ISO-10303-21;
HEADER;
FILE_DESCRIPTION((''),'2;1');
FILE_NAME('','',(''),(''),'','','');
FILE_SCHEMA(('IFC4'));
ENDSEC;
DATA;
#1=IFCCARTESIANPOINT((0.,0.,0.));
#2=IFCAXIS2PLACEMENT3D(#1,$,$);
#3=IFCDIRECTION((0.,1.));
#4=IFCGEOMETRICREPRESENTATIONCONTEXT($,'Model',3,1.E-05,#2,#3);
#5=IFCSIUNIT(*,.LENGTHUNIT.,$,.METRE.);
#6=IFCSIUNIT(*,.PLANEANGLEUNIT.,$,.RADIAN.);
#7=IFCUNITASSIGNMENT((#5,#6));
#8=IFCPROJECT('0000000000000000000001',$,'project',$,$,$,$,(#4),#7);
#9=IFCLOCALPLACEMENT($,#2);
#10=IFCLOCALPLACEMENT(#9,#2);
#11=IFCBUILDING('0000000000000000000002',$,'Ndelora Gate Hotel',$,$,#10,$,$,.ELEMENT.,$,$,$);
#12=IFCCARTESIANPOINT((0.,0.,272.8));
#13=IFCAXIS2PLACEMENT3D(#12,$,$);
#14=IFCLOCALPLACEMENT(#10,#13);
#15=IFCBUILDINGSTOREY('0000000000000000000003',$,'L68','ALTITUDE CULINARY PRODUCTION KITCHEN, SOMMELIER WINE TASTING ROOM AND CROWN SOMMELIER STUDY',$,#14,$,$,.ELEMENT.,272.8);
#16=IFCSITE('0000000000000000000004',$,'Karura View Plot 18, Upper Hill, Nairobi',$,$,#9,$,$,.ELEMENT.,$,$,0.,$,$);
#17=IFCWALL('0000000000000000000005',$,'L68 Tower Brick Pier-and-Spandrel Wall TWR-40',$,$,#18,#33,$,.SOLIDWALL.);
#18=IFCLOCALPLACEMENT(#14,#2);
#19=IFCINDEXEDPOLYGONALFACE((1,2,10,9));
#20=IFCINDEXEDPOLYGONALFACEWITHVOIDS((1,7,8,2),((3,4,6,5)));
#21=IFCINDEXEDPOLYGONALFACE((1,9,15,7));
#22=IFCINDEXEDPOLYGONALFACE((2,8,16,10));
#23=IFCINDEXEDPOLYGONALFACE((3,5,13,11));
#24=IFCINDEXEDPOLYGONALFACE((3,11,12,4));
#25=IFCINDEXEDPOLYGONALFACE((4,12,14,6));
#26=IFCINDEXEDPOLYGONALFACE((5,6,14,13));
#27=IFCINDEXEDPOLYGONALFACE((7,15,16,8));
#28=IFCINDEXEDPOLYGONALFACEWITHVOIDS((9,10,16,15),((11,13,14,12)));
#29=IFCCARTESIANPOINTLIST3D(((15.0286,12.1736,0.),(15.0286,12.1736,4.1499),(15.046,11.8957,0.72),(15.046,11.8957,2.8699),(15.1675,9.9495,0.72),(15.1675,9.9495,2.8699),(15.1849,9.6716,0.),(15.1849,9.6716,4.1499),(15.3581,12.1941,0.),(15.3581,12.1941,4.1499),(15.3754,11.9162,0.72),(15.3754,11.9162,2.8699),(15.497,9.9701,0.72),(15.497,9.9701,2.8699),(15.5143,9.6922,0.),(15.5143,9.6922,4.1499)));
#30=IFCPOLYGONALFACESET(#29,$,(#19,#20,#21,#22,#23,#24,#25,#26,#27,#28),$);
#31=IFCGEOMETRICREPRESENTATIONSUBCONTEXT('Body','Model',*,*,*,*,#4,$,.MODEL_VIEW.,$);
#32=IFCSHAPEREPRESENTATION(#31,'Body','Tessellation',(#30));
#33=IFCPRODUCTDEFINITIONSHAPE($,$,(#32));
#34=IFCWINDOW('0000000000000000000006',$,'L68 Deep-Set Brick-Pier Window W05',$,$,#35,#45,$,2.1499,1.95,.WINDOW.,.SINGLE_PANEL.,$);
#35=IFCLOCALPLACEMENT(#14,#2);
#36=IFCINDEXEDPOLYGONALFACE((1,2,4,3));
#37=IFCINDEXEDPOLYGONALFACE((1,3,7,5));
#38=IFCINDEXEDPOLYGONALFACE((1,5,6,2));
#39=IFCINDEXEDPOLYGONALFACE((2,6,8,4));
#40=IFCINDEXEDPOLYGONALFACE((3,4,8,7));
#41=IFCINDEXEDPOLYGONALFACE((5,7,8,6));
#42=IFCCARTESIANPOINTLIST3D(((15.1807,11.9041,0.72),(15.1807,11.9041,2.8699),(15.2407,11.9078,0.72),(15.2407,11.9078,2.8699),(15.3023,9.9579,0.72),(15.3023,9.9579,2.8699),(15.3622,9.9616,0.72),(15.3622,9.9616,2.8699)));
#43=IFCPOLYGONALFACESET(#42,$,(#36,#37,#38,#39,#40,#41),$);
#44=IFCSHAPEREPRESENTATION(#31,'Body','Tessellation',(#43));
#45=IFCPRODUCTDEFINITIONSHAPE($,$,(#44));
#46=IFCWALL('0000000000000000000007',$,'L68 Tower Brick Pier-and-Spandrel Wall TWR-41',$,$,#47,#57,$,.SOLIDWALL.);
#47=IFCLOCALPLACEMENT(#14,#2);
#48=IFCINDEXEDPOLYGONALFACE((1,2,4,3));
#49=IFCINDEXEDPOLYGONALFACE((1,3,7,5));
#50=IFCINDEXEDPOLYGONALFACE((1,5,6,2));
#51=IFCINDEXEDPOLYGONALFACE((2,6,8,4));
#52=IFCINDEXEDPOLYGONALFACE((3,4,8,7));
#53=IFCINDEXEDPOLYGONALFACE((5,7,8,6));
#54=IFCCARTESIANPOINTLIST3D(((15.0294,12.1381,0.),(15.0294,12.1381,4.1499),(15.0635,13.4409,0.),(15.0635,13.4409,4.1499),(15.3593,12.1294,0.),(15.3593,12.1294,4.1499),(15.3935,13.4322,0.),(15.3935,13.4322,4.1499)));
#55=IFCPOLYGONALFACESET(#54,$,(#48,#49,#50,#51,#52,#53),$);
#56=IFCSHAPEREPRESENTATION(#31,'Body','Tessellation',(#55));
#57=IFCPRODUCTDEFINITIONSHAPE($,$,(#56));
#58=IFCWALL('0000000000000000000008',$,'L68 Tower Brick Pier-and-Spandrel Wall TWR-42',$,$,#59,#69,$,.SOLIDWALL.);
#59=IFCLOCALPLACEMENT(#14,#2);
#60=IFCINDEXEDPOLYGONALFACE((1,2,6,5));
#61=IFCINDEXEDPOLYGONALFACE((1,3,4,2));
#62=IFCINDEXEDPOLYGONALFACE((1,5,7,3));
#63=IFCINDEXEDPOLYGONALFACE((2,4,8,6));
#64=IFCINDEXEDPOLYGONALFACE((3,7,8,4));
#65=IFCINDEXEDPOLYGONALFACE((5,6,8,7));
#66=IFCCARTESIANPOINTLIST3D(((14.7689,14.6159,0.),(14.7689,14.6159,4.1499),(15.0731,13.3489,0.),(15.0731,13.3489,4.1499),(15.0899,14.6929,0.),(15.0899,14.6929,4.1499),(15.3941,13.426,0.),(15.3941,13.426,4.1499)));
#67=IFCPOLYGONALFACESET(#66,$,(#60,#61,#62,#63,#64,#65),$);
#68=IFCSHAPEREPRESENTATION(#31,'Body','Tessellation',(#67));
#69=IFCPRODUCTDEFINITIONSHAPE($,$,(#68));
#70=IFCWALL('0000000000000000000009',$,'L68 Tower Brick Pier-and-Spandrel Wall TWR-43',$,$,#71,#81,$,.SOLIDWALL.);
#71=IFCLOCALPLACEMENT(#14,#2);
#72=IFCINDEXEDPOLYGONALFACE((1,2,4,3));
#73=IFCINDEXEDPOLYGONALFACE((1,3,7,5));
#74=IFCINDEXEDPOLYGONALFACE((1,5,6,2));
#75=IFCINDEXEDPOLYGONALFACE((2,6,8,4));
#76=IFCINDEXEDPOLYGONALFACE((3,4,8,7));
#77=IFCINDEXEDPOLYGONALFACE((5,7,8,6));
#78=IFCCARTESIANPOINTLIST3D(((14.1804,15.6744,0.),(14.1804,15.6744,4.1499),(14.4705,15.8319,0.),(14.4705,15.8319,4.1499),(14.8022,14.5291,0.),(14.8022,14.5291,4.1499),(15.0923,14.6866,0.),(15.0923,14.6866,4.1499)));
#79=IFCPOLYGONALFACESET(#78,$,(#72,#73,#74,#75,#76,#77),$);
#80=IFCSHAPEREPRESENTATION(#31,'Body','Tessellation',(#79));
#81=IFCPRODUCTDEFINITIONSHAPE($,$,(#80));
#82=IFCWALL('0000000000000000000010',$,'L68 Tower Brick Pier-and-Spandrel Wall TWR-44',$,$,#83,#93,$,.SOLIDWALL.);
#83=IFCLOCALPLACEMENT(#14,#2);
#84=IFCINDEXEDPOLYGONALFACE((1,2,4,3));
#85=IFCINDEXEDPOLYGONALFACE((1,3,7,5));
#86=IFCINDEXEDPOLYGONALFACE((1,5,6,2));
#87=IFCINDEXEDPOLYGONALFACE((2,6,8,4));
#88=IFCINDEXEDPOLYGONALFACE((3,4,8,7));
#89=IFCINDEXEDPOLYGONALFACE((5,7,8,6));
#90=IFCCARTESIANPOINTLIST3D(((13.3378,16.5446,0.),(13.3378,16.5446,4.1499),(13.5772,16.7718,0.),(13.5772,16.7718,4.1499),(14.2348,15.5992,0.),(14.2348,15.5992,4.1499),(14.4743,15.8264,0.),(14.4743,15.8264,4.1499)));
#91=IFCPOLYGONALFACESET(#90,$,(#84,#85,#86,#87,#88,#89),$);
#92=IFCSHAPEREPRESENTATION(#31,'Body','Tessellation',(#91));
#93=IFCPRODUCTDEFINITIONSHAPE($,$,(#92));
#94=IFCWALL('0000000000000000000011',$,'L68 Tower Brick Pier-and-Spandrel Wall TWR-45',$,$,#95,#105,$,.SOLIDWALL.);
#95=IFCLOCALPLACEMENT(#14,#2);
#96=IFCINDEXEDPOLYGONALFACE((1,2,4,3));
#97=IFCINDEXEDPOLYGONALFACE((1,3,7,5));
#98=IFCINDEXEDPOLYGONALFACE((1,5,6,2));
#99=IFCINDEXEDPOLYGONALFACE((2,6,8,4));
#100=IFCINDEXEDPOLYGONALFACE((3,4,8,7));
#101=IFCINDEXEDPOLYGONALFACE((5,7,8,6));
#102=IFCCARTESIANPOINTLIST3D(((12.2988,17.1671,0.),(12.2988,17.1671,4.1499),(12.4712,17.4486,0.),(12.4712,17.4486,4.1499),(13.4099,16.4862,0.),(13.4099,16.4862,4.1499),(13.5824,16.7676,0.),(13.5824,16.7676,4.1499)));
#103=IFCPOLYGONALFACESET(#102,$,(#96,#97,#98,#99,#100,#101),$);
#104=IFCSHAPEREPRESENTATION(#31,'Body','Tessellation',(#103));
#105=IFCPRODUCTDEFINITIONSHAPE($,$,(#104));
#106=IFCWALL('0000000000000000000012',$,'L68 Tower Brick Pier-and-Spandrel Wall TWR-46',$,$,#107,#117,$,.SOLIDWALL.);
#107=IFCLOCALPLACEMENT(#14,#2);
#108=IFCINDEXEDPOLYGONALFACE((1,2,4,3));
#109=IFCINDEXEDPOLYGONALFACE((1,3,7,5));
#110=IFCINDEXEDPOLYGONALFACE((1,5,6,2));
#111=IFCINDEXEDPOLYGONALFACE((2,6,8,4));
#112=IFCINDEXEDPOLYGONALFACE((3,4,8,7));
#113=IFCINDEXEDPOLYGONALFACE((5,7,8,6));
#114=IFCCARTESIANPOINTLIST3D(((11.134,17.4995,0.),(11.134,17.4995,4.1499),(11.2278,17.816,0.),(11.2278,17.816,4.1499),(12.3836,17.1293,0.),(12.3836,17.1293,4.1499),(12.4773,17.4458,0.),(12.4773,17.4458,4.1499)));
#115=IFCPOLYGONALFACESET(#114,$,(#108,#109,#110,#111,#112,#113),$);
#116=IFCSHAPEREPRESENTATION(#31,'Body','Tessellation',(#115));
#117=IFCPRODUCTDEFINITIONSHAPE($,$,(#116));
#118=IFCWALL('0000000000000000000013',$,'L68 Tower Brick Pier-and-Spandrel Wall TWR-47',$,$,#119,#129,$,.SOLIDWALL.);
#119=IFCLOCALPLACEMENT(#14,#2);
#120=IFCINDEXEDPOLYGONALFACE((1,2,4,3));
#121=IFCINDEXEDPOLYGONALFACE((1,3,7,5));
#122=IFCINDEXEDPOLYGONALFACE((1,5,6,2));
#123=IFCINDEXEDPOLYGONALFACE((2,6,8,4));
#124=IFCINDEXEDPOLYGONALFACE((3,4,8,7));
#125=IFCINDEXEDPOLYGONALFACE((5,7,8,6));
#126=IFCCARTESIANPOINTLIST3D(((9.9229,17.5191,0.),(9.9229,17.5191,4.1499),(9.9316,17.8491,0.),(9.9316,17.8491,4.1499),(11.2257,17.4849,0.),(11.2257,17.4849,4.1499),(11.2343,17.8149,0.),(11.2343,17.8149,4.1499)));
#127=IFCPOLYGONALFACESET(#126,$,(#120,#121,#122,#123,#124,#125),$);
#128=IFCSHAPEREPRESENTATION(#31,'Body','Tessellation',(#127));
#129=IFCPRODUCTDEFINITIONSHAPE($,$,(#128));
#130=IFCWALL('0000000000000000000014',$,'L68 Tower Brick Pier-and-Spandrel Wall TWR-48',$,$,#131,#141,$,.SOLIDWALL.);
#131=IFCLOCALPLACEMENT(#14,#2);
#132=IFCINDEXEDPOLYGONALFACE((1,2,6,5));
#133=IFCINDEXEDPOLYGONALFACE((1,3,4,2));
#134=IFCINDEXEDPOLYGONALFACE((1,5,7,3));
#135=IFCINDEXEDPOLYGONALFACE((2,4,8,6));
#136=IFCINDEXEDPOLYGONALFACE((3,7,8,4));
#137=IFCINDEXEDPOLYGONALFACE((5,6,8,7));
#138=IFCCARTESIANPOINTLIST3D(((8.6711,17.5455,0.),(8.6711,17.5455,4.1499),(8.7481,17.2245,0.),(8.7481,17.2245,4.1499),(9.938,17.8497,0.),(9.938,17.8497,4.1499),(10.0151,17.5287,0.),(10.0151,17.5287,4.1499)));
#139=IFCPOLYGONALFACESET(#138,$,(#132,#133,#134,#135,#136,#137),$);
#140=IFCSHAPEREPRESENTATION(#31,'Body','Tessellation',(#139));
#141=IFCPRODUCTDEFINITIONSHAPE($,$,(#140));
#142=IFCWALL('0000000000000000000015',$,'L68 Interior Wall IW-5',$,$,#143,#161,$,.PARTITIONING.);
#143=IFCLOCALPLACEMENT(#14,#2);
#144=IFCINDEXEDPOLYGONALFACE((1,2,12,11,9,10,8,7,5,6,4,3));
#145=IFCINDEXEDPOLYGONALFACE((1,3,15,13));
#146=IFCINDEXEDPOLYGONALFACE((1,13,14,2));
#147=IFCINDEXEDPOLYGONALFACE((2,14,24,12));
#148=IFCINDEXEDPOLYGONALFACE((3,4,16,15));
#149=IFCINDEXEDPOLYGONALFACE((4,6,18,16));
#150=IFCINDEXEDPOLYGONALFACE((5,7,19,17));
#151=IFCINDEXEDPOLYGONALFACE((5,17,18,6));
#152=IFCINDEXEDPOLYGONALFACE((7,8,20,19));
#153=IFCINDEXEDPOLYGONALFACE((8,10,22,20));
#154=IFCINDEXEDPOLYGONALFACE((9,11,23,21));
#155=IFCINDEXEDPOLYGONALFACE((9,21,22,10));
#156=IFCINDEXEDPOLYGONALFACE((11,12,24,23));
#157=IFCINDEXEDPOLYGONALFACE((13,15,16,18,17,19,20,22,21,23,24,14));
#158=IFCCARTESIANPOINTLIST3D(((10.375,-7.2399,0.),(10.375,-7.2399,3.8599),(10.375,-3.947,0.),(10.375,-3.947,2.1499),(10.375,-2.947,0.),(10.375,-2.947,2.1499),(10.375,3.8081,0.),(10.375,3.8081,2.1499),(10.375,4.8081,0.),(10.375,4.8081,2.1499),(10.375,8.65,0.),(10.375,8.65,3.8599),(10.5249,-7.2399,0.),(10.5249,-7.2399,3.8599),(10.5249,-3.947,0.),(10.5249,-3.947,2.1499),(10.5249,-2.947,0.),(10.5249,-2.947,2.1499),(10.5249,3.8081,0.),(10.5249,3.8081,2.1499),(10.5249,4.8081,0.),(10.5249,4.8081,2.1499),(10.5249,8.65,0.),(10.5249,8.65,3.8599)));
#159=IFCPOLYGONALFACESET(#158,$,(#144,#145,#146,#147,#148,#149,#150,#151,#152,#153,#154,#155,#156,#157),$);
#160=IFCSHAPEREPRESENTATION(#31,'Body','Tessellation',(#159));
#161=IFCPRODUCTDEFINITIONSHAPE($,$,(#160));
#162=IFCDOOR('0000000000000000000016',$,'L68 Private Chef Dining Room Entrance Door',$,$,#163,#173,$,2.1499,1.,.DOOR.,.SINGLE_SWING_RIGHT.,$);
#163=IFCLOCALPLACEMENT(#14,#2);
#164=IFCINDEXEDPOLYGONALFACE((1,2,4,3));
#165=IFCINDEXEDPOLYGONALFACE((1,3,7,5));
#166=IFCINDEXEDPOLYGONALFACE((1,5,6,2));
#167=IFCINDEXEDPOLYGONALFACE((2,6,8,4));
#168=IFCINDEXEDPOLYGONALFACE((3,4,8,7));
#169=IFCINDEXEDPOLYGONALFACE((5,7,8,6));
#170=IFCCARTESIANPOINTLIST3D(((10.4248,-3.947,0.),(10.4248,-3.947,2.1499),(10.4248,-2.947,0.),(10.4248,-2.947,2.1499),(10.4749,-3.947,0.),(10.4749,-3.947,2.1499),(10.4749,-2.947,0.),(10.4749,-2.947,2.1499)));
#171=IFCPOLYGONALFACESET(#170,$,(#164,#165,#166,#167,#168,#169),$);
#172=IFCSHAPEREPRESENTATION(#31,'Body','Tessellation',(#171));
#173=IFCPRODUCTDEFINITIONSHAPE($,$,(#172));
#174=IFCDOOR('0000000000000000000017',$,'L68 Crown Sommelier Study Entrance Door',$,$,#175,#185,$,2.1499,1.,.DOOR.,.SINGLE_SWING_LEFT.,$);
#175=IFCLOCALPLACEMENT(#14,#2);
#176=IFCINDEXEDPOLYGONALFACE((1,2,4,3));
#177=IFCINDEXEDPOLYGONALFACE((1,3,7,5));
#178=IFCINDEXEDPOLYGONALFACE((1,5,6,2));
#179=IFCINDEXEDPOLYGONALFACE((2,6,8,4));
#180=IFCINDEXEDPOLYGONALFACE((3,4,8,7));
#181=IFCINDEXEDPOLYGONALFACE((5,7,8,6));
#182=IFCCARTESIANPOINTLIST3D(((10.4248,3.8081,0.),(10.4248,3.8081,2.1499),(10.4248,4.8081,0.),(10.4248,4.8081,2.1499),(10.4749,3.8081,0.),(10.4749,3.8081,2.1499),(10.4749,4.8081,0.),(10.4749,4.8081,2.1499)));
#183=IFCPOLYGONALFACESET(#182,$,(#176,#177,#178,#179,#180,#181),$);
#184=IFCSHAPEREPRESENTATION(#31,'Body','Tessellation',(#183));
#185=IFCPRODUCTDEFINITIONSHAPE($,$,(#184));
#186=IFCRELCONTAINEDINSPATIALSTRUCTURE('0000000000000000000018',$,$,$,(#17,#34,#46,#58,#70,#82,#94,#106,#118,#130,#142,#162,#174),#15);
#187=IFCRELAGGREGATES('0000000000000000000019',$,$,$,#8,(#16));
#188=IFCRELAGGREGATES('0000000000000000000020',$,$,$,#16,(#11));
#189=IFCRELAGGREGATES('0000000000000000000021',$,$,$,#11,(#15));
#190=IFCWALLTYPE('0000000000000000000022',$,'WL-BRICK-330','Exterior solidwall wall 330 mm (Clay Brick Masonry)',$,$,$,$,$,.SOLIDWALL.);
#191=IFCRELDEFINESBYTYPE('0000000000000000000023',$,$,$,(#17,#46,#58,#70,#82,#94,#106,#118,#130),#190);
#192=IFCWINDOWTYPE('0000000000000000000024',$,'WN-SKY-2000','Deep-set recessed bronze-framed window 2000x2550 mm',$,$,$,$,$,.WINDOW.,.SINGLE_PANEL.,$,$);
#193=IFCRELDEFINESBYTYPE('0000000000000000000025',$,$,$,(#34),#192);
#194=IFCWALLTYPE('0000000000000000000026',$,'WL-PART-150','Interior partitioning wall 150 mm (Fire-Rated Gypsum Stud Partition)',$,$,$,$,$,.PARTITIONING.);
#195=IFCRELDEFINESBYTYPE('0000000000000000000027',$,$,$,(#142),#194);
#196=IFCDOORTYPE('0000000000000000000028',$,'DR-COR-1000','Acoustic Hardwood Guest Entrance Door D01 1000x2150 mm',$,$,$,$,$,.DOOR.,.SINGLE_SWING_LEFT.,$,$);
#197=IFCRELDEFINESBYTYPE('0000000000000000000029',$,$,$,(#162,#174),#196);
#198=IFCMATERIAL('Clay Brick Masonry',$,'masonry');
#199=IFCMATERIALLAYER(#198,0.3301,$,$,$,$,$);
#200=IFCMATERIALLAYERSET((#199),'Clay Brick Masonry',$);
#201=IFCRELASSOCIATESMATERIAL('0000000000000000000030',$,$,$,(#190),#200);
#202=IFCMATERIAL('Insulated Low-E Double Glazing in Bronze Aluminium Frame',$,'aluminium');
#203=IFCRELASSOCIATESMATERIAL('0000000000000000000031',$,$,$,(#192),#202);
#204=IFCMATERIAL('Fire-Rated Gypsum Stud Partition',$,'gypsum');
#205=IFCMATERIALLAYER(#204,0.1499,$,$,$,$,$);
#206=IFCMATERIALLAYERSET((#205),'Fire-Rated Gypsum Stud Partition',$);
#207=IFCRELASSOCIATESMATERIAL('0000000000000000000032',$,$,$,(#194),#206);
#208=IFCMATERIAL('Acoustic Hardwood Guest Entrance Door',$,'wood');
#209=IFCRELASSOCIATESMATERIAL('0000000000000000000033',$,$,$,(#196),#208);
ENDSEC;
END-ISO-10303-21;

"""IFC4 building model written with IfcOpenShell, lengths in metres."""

from ifc_helpers import new_model, si_unit, direction, frame, frame_2d, origin, place, context, subcontext, project, spatial, rectangle, extrude, material, layer, layer_set, type_object, element, fill, save


model = new_model("IFC4")

# Units and contexts
model_context = context("Model", 3, precision=1e-05, world=origin(), true_north=direction((0.0, 1.0)))
body_context = subcontext(model_context, "Body", "Model", "MODEL_VIEW")
ifc_project = project(units=[si_unit("LENGTHUNIT", "METRE"), si_unit("PLANEANGLEUNIT", "RADIAN")], contexts=[model_context])

# Site, building, storey
site_placement = place(None, origin())
site = spatial("IfcSite", under=ifc_project, at=site_placement, Name="Karura View Plot 18, Upper Hill, Nairobi", CompositionType="ELEMENT", RefElevation=0.0)
building_placement = place(site_placement, origin())
building = spatial("IfcBuilding", under=site, at=building_placement, Name="Ndelora Gate Hotel", CompositionType="ELEMENT")
storey_placement = place(building_placement, frame((0.0, 0.0, 272.8)))
storey = spatial("IfcBuildingStorey", under=building, at=storey_placement, Name="L68", Description="ALTITUDE CULINARY PRODUCTION KITCHEN, SOMMELIER WINE TASTING ROOM AND CROWN SOMMELIER STUDY", CompositionType="ELEMENT", Elevation=272.8)

# Shared definitions
ifc_material_1 = material(Name="Clay Brick Masonry", Category="masonry")
ifc_layer_1 = layer(ifc_material_1, 0.3301)
ifc_layer_set_1 = layer_set([ifc_layer_1], Name="Clay Brick Masonry")
wall_type_1 = type_object("IfcWallType", Name="WL-BRICK-330", Description="Exterior solidwall wall 330 mm (Clay Brick Masonry)", PredefinedType="SOLIDWALL", material=ifc_layer_set_1)

# Wall, opening, window
ifc_material_2 = material(Name="Insulated Low-E Double Glazing in Bronze Aluminium Frame", Category="aluminium")
window_type = type_object("IfcWindowType", Name="WN-SKY-2000", Description="Deep-set recessed bronze-framed window 2000x2550 mm", PartitioningType="SINGLE_PANEL", PredefinedType="WINDOW", material=ifc_material_2)
wall_1_placement = place(storey_placement, frame((15.1934, 12.1838, 0.0), z_axis=(0.0, 0.0, 1.0), x_axis=(0.06233, -0.998056, 0.0)))
wall_1 = element("IfcWall", 1, at=wall_1_placement, inside=storey, type_object=wall_type_1, Name="L68 Tower Brick Pier-and-Spandrel Wall TWR-40", PredefinedType="SOLIDWALL", context=body_context, shape_type="SweptSolid", body=[
    extrude(rectangle(XDim=2.5068, YDim=0.3301, at=frame_2d((1.2534, 0.0))), origin(), (0.0, 0.0, 1.0), 4.1499),
])
opening_1_placement = place(wall_1_placement, frame((0.2783, 0.0, 0.72)))
opening_1 = element("IfcOpeningElement", 2, at=opening_1_placement, cuts=wall_1, PredefinedType="OPENING", context=body_context, shape_type="SweptSolid", body=[
    extrude(rectangle(XDim=1.95, YDim=2.1499, at=frame_2d((0.9751, 1.075))), frame((0.0, 0.175, 0.0), z_axis=(0.0, -1.0, 0.0), x_axis=(1.0, 0.0, 0.0)), (0.0, 0.0, 1.0), 0.3501),
])
window_1_placement = place(opening_1_placement, origin())
window_1 = element("IfcWindow", 3, at=window_1_placement, inside=storey, type_object=window_type, Name="L68 Deep-Set Brick-Pier Window W05", OverallHeight=2.1499, OverallWidth=1.95, PartitioningType="SINGLE_PANEL", PredefinedType="WINDOW", context=body_context, shape_type="SweptSolid", body=[
    extrude(rectangle(XDim=1.95, YDim=2.1499, at=frame_2d((0.9751, 1.075))), frame((0.0, 0.03, 0.0), z_axis=(0.0, -1.0, 0.0), x_axis=(1.0, 0.0, 0.0)), (0.0, 0.0, 1.0), 0.0601),
])
fill(opening_1, window_1)

# Walls
wall_2_placement = place(storey_placement, frame((15.2285, 13.4365, 0.0), z_axis=(0.0, 0.0, 1.0), x_axis=(-0.026228, -0.999656, 0.0)))
element("IfcWall", 4, at=wall_2_placement, inside=storey, type_object=wall_type_1, Name="L68 Tower Brick Pier-and-Spandrel Wall TWR-41", PredefinedType="SOLIDWALL", context=body_context, shape_type="SweptSolid", body=[
    extrude(rectangle(XDim=1.3032, YDim=0.3301, at=frame_2d((0.6516, 0.0))), origin(), (0.0, 0.0, 1.0), 4.1499),
])
wall_3_placement = place(storey_placement, frame((14.9294, 14.6543, 0.0), z_axis=(0.0, 0.0, 1.0), x_axis=(0.233444, -0.97237, 0.0)))
element("IfcWall", 5, at=wall_3_placement, inside=storey, type_object=wall_type_1, Name="L68 Tower Brick Pier-and-Spandrel Wall TWR-42", PredefinedType="SOLIDWALL", context=body_context, shape_type="SweptSolid", body=[
    extrude(rectangle(XDim=1.303, YDim=0.3301, at=frame_2d((0.6514, 0.0))), origin(), (0.0, 0.0, 1.0), 4.1499),
])
for number, where, z_axis, x_axis, name in (
    (6, (14.3254, 15.7532, 0.0), (0.0, 0.0, 1.0), (0.477158, -0.878818, 0.0), "L68 Tower Brick Pier-and-Spandrel Wall TWR-43"),
    (7, (13.4575, 16.6582, 0.0), (0.0, 0.0, 1.0), (0.688316, -0.725411, 0.0), "L68 Tower Brick Pier-and-Spandrel Wall TWR-44"),
    (8, (12.385, 17.3079, 0.0), (0.0, 0.0, 1.0), (0.852628, -0.522518, 0.0), "L68 Tower Brick Pier-and-Spandrel Wall TWR-45"),
    (9, (11.1809, 17.6577, 0.0), (0.0, 0.0, 1.0), (0.958821, -0.284012, 0.0), "L68 Tower Brick Pier-and-Spandrel Wall TWR-46"),
    (10, (9.9272, 17.6841, 0.0), (0.0, 0.0, 1.0), (0.999656, -0.026228, 0.0), "L68 Tower Brick Pier-and-Spandrel Wall TWR-47"),
):
    element("IfcWall", number, at=place(storey_placement, frame(where, z_axis=z_axis, x_axis=x_axis)), inside=storey, type_object=wall_type_1, Name=name, PredefinedType="SOLIDWALL", context=body_context, shape_type="SweptSolid", body=[
        extrude(rectangle(XDim=1.3032, YDim=0.3301, at=frame_2d((0.6516, 0.0))), origin(), (0.0, 0.0, 1.0), 4.1499),
    ])
wall_4_placement = place(storey_placement, frame((8.7097, 17.385, 0.0), z_axis=(0.0, 0.0, 1.0), x_axis=(0.97236, 0.233486, 0.0)))
element("IfcWall", 11, at=wall_4_placement, inside=storey, type_object=wall_type_1, Name="L68 Tower Brick Pier-and-Spandrel Wall TWR-48", PredefinedType="SOLIDWALL", context=body_context, shape_type="SweptSolid", body=[
    extrude(rectangle(XDim=1.303, YDim=0.3301, at=frame_2d((0.6514, 0.0))), origin(), (0.0, 0.0, 1.0), 4.1499),
])

# Wall, openings, doors
ifc_material_3 = material(Name="Fire-Rated Gypsum Stud Partition", Category="gypsum")
ifc_layer_2 = layer(ifc_material_3, 0.1499)
ifc_layer_set_2 = layer_set([ifc_layer_2], Name="Fire-Rated Gypsum Stud Partition")
wall_type_2 = type_object("IfcWallType", Name="WL-PART-150", Description="Interior partitioning wall 150 mm (Fire-Rated Gypsum Stud Partition)", PredefinedType="PARTITIONING", material=ifc_layer_set_2)
wall_5_placement = place(storey_placement, frame((10.45, 8.6499, 0.0), z_axis=(0.0, 0.0, 1.0), x_axis=(0.0, -1.0, 0.0)))
wall_5 = element("IfcWall", 12, at=wall_5_placement, inside=storey, type_object=wall_type_2, Name="L68 Interior Wall IW-5", PredefinedType="PARTITIONING", context=body_context, shape_type="SweptSolid", body=[
    extrude(rectangle(XDim=15.8899, YDim=0.1499, at=frame_2d((7.9448, 0.0))), origin(), (0.0, 0.0, 1.0), 3.8599),
])
opening_2_placement = place(wall_5_placement, frame((11.5969, 0.0, 0.0)))
opening_2 = element("IfcOpeningElement", 13, at=opening_2_placement, cuts=wall_5, PredefinedType="OPENING", context=body_context, shape_type="SweptSolid", body=[
    extrude(rectangle(XDim=1.0, YDim=2.1499, at=frame_2d((0.5, 1.075))), frame((0.0, 0.085, 0.0), z_axis=(0.0, -1.0, 0.0), x_axis=(1.0, 0.0, 0.0)), (0.0, 0.0, 1.0), 0.1699),
])
opening_3_placement = place(wall_5_placement, frame((3.8418, 0.0, 0.0)))
opening_3 = element("IfcOpeningElement", 14, at=opening_3_placement, cuts=wall_5, PredefinedType="OPENING", context=body_context, shape_type="SweptSolid", body=[
    extrude(rectangle(XDim=1.0, YDim=2.1499, at=frame_2d((0.5, 1.075))), frame((0.0, 0.085, 0.0), z_axis=(0.0, -1.0, 0.0), x_axis=(1.0, 0.0, 0.0)), (0.0, 0.0, 1.0), 0.1699),
])
ifc_material_4 = material(Name="Acoustic Hardwood Guest Entrance Door", Category="wood")
door_type = type_object("IfcDoorType", Name="DR-COR-1000", Description="Acoustic Hardwood Guest Entrance Door D01 1000x2150 mm", OperationType="SINGLE_SWING_LEFT", PredefinedType="DOOR", material=ifc_material_4)
door_1_placement = place(opening_2_placement, origin())
door_1 = element("IfcDoor", 15, at=door_1_placement, inside=storey, type_object=door_type, Name="L68 Private Chef Dining Room Entrance Door", OperationType="SINGLE_SWING_RIGHT", OverallHeight=2.1499, OverallWidth=1.0, PredefinedType="DOOR", context=body_context, shape_type="SweptSolid", body=[
    extrude(rectangle(XDim=1.0, YDim=2.1499, at=frame_2d((0.5, 1.075))), frame((0.0, 0.0249, 0.0), z_axis=(0.0, -1.0, 0.0), x_axis=(1.0, 0.0, 0.0)), (0.0, 0.0, 1.0), 0.05),
])
fill(opening_2, door_1)
door_2_placement = place(opening_3_placement, origin())
door_2 = element("IfcDoor", 16, at=door_2_placement, inside=storey, type_object=door_type, Name="L68 Crown Sommelier Study Entrance Door", OperationType="SINGLE_SWING_LEFT", OverallHeight=2.1499, OverallWidth=1.0, PredefinedType="DOOR", context=body_context, shape_type="SweptSolid", body=[
    extrude(rectangle(XDim=1.0, YDim=2.1499, at=frame_2d((0.5, 1.075))), frame((0.0, 0.0249, 0.0), z_axis=(0.0, -1.0, 0.0), x_axis=(1.0, 0.0, 0.0)), (0.0, 0.0, 1.0), 0.05),
])
fill(opening_3, door_2)

save(model, "model.ifc")
